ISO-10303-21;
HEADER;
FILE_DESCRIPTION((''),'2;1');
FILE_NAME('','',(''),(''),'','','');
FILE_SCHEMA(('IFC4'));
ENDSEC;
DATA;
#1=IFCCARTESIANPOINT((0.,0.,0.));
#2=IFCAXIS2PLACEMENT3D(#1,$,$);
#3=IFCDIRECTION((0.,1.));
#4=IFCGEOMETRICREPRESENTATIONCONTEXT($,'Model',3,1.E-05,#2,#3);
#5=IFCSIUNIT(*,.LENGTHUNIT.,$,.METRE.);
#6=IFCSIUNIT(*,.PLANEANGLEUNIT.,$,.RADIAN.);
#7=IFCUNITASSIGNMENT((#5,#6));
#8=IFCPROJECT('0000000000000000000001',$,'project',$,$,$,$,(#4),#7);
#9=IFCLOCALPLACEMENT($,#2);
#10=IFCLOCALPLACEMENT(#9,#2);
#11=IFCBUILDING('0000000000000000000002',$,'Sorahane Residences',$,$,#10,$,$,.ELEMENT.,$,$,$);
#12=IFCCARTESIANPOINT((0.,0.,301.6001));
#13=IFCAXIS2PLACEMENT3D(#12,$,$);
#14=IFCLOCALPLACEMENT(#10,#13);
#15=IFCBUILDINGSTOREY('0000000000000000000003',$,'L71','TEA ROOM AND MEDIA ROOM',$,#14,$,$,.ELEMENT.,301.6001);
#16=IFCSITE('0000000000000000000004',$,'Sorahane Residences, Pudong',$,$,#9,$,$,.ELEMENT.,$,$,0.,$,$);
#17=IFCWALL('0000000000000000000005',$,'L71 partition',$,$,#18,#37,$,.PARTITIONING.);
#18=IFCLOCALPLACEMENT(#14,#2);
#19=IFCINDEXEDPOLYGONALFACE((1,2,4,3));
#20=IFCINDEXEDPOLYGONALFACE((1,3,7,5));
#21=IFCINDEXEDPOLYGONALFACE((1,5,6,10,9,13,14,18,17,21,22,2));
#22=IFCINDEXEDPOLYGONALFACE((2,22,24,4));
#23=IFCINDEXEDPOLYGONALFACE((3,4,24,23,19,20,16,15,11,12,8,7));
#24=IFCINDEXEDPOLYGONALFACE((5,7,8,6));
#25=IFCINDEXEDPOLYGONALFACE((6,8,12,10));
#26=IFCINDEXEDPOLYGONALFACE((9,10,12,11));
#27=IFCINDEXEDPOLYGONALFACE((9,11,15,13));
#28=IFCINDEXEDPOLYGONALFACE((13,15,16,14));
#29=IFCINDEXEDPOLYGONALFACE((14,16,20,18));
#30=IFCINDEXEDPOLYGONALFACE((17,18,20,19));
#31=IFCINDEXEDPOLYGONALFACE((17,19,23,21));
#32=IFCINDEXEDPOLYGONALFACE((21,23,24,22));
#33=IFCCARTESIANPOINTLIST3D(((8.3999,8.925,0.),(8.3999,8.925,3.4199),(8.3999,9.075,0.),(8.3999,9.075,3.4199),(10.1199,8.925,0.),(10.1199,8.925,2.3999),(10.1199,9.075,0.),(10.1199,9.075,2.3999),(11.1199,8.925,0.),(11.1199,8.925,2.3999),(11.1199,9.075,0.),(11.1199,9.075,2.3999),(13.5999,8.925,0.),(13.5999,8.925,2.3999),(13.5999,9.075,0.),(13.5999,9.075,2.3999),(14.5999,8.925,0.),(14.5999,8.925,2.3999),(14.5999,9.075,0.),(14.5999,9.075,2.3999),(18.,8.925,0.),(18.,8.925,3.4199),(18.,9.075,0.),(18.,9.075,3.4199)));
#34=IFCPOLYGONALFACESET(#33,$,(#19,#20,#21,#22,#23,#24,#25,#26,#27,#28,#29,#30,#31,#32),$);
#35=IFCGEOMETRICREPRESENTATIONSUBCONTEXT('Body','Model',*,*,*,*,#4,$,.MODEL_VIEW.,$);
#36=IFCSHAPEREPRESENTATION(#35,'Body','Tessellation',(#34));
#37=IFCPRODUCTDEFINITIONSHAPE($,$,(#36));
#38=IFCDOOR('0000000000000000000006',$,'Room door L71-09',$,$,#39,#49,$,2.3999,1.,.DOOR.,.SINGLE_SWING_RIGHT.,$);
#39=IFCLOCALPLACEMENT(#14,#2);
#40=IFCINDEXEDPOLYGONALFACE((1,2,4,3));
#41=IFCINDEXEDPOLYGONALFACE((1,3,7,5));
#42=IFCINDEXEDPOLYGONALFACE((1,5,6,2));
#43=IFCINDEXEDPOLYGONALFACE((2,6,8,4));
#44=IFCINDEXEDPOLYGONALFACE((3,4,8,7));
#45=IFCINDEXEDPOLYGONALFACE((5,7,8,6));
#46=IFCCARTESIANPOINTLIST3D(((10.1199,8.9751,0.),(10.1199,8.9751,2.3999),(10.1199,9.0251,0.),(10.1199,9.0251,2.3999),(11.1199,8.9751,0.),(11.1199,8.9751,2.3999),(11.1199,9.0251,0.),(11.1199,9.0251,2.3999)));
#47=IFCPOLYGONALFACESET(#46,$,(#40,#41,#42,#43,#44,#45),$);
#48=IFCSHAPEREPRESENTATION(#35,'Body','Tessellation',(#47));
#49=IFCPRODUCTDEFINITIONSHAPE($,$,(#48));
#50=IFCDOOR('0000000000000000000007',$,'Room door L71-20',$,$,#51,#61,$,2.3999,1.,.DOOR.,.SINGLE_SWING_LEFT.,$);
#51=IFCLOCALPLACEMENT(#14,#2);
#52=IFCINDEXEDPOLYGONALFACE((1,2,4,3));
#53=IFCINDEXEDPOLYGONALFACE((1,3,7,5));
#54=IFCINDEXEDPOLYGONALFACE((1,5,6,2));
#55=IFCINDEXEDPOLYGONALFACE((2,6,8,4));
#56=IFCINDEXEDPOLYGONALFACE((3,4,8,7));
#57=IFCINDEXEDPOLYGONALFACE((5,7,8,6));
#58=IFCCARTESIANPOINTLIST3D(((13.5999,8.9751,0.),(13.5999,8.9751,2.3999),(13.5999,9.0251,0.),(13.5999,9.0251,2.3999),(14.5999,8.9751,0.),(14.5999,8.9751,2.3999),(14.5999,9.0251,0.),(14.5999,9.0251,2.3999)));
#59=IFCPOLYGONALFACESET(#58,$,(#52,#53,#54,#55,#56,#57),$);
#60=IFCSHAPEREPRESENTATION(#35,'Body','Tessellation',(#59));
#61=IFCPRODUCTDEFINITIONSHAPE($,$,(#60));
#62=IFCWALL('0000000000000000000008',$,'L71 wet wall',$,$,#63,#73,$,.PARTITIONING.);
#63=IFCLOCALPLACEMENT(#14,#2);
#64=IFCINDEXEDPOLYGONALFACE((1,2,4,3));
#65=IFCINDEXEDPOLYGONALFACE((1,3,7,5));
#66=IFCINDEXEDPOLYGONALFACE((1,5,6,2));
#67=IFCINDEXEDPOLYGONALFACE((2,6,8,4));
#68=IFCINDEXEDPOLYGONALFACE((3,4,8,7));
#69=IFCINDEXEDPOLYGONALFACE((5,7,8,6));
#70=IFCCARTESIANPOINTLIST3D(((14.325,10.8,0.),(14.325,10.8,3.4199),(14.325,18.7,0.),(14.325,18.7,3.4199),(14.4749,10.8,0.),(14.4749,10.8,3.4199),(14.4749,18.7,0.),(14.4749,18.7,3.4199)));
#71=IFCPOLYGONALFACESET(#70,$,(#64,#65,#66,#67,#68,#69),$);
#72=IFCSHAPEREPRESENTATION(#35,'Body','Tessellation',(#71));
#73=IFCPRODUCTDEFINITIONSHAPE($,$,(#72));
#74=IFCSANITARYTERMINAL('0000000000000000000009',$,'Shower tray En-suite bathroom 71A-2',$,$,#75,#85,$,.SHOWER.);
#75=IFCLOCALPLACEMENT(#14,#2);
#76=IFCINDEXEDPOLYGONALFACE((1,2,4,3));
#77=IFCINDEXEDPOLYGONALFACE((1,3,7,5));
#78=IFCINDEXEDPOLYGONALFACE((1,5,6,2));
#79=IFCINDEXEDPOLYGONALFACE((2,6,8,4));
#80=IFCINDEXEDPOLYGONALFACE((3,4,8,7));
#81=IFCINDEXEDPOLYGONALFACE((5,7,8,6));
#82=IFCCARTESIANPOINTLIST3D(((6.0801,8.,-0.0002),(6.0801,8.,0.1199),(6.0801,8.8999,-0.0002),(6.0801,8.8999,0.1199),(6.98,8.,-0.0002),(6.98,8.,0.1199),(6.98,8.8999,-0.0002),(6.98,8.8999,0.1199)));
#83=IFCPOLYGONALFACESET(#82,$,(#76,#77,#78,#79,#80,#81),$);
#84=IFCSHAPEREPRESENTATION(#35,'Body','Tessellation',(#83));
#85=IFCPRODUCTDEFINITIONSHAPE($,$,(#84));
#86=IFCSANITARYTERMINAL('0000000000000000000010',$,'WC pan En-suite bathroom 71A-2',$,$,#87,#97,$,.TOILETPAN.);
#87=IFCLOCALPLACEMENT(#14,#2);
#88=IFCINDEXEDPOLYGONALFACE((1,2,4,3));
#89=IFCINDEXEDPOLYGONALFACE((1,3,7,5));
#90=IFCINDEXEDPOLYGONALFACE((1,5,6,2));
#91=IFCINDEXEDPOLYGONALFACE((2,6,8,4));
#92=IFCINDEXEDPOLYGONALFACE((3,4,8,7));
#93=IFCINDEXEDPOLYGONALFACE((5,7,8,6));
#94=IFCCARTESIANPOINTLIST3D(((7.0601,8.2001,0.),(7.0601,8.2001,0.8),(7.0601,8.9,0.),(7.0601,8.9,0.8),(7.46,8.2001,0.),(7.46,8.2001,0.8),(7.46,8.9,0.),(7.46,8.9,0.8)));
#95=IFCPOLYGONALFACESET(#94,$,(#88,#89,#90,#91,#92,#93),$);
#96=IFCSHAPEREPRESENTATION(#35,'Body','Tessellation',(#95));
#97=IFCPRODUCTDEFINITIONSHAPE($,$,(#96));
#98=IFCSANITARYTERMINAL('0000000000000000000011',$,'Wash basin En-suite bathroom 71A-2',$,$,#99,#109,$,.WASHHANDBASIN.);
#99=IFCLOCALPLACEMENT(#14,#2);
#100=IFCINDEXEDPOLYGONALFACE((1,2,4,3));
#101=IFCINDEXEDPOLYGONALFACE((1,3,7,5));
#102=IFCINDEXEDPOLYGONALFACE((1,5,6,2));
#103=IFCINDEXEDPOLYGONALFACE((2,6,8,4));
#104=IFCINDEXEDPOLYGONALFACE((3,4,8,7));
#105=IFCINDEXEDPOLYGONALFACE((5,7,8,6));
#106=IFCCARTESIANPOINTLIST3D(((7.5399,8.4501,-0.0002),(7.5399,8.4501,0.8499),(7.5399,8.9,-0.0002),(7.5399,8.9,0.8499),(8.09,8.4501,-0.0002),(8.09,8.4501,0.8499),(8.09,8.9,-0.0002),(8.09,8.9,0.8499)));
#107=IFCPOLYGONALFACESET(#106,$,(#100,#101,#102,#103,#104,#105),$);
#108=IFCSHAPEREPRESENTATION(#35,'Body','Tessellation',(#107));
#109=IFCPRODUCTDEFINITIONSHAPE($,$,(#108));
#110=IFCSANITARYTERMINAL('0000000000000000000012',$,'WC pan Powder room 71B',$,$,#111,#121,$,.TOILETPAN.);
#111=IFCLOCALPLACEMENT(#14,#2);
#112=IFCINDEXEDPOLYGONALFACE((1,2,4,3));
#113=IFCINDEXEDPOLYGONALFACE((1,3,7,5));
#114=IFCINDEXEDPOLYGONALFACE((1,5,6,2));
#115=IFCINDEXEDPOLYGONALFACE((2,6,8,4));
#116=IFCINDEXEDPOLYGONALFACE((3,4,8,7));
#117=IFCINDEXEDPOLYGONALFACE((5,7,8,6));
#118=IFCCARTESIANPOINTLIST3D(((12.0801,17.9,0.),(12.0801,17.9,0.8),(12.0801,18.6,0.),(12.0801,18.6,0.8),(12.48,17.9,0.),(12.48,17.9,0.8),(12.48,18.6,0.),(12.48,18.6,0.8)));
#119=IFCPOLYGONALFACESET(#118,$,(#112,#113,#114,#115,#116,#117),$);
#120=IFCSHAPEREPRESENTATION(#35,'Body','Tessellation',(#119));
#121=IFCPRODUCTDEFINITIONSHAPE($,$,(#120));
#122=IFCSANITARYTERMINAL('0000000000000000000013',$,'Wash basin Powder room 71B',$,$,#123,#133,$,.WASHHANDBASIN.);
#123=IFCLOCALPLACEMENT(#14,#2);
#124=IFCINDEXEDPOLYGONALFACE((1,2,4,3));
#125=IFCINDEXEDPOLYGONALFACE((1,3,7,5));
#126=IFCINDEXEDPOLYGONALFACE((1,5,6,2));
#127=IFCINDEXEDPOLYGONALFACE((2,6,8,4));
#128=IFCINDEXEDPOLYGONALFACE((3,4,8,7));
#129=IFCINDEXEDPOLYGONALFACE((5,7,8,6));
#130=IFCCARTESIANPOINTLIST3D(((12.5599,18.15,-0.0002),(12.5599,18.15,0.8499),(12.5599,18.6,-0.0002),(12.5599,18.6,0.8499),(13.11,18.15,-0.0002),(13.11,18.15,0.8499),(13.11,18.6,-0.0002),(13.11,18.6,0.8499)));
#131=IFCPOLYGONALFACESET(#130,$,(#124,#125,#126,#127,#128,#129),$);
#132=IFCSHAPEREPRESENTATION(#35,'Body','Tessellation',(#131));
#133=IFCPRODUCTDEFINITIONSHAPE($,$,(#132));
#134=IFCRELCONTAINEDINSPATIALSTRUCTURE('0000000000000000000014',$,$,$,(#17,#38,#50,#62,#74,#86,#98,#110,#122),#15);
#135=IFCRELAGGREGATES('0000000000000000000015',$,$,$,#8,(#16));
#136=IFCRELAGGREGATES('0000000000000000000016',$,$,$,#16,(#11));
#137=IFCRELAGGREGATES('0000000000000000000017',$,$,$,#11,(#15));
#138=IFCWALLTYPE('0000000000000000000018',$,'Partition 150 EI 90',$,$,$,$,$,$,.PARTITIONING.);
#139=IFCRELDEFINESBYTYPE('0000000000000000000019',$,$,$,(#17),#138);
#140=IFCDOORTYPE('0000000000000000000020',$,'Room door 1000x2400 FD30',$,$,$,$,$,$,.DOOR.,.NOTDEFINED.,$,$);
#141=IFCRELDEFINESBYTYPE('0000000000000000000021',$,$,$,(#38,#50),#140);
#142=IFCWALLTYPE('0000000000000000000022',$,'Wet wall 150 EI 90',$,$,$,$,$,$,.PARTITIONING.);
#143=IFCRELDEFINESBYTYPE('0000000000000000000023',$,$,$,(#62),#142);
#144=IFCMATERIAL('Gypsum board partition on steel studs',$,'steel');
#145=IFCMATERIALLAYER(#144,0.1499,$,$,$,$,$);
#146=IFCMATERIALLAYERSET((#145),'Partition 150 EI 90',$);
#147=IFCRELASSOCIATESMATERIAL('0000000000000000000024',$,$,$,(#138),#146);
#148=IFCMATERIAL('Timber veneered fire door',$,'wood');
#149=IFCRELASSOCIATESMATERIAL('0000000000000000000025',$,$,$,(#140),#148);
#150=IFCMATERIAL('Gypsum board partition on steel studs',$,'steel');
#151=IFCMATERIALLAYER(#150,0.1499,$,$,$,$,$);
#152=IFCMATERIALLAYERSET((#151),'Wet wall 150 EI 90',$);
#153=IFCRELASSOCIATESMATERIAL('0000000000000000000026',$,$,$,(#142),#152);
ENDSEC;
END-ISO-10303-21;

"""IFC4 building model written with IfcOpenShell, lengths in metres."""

from ifc_helpers import new_model, si_unit, direction, frame, frame_2d, origin, origin_2d, place, context, subcontext, project, spatial, rectangle, extrude, material, layer, layer_set, type_object, element, fill, save


model = new_model("IFC4")

# Units and contexts
model_context = context("Model", 3, precision=1e-05, world=origin(), true_north=direction((0.0, 1.0)))
body_context = subcontext(model_context, "Body", "Model", "MODEL_VIEW")
ifc_project = project(units=[si_unit("LENGTHUNIT", "METRE"), si_unit("PLANEANGLEUNIT", "RADIAN")], contexts=[model_context])

# Site, building, storey
site_placement = place(None, origin())
site = spatial("IfcSite", under=ifc_project, at=site_placement, Name="Sorahane Residences, Pudong", CompositionType="ELEMENT", RefElevation=0.0)
building_placement = place(site_placement, origin())
building = spatial("IfcBuilding", under=site, at=building_placement, Name="Sorahane Residences", CompositionType="ELEMENT")
storey_placement = place(building_placement, frame((0.0, 0.0, 301.6001)))
storey = spatial("IfcBuildingStorey", under=building, at=storey_placement, Name="L71", Description="TEA ROOM AND MEDIA ROOM", CompositionType="ELEMENT", Elevation=301.6001)

# Shared definitions
ifc_material_1 = material(Name="Gypsum board partition on steel studs", Category="steel")
ifc_layer_1 = layer(ifc_material_1, 0.1499)
ifc_layer_set_1 = layer_set([ifc_layer_1], Name="Partition 150 EI 90")
wall_type_1 = type_object("IfcWallType", Name="Partition 150 EI 90", PredefinedType="PARTITIONING", material=ifc_layer_set_1)

# Shared definitions
ifc_material_2 = material(Name="Timber veneered fire door", Category="wood")
door_type_1 = type_object("IfcDoorType", Name="Room door 1000x2400 FD30", OperationType="NOTDEFINED", PredefinedType="DOOR", material=ifc_material_2)

# Wall, openings, doors
wall_1_placement = place(storey_placement, frame((8.3999, 9.0, 0.0), z_axis=(0.0, 0.0, 1.0), x_axis=(1.0, 0.0, 0.0)))
wall_1 = element("IfcWall", 1, at=wall_1_placement, inside=storey, type_object=wall_type_1, Name="L71 partition", PredefinedType="PARTITIONING", context=body_context, shape_type="SweptSolid", body=[
    extrude(rectangle(XDim=9.6001, YDim=0.1499, at=frame_2d((4.8, 0.0))), origin(), (0.0, 0.0, 1.0), 3.4199),
])
opening_1_placement = place(wall_1_placement, frame((1.72, 0.0, 0.0)))
opening_1 = element("IfcOpeningElement", 2, at=opening_1_placement, cuts=wall_1, PredefinedType="OPENING", context=body_context, shape_type="SweptSolid", body=[
    extrude(rectangle(XDim=1.0, YDim=2.3999, at=frame_2d((0.5, 1.2))), frame((0.0, 0.085, 0.0), z_axis=(0.0, -1.0, 0.0), x_axis=(1.0, 0.0, 0.0)), (0.0, 0.0, 1.0), 0.1699),
])
opening_2_placement = place(wall_1_placement, frame((5.2, 0.0, 0.0)))
opening_2 = element("IfcOpeningElement", 3, at=opening_2_placement, cuts=wall_1, PredefinedType="OPENING", context=body_context, shape_type="SweptSolid", body=[
    extrude(rectangle(XDim=1.0, YDim=2.3999, at=frame_2d((0.5, 1.2))), frame((0.0, 0.085, 0.0), z_axis=(0.0, -1.0, 0.0), x_axis=(1.0, 0.0, 0.0)), (0.0, 0.0, 1.0), 0.1699),
])
door_1_placement = place(opening_1_placement, frame((1.0, 0.0, 0.0), z_axis=(0.0, 0.0, 1.0), x_axis=(-1.0, 0.0, 0.0)))
door_1 = element("IfcDoor", 4, at=door_1_placement, inside=storey, type_object=door_type_1, Name="Room door L71-09", OperationType="SINGLE_SWING_RIGHT", OverallHeight=2.3999, OverallWidth=1.0, PredefinedType="DOOR", context=body_context, shape_type="SweptSolid", body=[
    extrude(rectangle(XDim=1.0, YDim=2.3999, at=frame_2d((0.5, 1.2))), frame((0.0, 0.0249, 0.0), z_axis=(0.0, -1.0, 0.0), x_axis=(1.0, 0.0, 0.0)), (0.0, 0.0, 1.0), 0.05),
])
fill(opening_1, door_1)
door_2_placement = place(opening_2_placement, frame((1.0, 0.0, 0.0), z_axis=(0.0, 0.0, 1.0), x_axis=(-1.0, 0.0, 0.0)))
door_2 = element("IfcDoor", 5, at=door_2_placement, inside=storey, type_object=door_type_1, Name="Room door L71-20", OperationType="SINGLE_SWING_LEFT", OverallHeight=2.3999, OverallWidth=1.0, PredefinedType="DOOR", context=body_context, shape_type="SweptSolid", body=[
    extrude(rectangle(XDim=1.0, YDim=2.3999, at=frame_2d((0.5, 1.2))), frame((0.0, 0.0249, 0.0), z_axis=(0.0, -1.0, 0.0), x_axis=(1.0, 0.0, 0.0)), (0.0, 0.0, 1.0), 0.05),
])
fill(opening_2, door_2)

# Wall
ifc_material_3 = material(Name="Gypsum board partition on steel studs", Category="steel")
ifc_layer_2 = layer(ifc_material_3, 0.1499)
ifc_layer_set_2 = layer_set([ifc_layer_2], Name="Wet wall 150 EI 90")
wall_type_2 = type_object("IfcWallType", Name="Wet wall 150 EI 90", PredefinedType="PARTITIONING", material=ifc_layer_set_2)
wall_2_placement = place(storey_placement, frame((14.3999, 10.8, 0.0), z_axis=(0.0, 0.0, 1.0), x_axis=(0.0, 1.0, 0.0)))
element("IfcWall", 6, at=wall_2_placement, inside=storey, type_object=wall_type_2, Name="L71 wet wall", PredefinedType="PARTITIONING", context=body_context, shape_type="SweptSolid", body=[
    extrude(rectangle(XDim=7.8999, YDim=0.1499, at=frame_2d((3.95, 0.0))), origin(), (0.0, 0.0, 1.0), 3.4199),
])

# Sanitary terminals
sanitary_terminal_1_placement = place(storey_placement, frame((6.53, 8.45, -0.0002), z_axis=(0.0, 0.0, 1.0), x_axis=(1.0, 0.0, 0.0)))
element("IfcSanitaryTerminal", 7, at=sanitary_terminal_1_placement, inside=storey, Name="Shower tray En-suite bathroom 71A-2", PredefinedType="SHOWER", context=body_context, shape_type="SweptSolid", body=[
    extrude(rectangle(XDim=0.8999, YDim=0.8999, at=origin_2d()), origin(), (0.0, 0.0, 1.0), 0.1201),
])
sanitary_terminal_2_placement = place(storey_placement, frame((7.26, 8.55, 0.0), z_axis=(0.0, 0.0, 1.0), x_axis=(1.0, 0.0, 0.0)))
element("IfcSanitaryTerminal", 8, at=sanitary_terminal_2_placement, inside=storey, Name="WC pan En-suite bathroom 71A-2", PredefinedType="TOILETPAN", context=body_context, shape_type="SweptSolid", body=[
    extrude(rectangle(XDim=0.3999, YDim=0.7, at=origin_2d()), origin(), (0.0, 0.0, 1.0), 0.8),
])
sanitary_terminal_3_placement = place(storey_placement, frame((7.8149, 8.675, -0.0002), z_axis=(0.0, 0.0, 1.0), x_axis=(1.0, 0.0, 0.0)))
element("IfcSanitaryTerminal", 9, at=sanitary_terminal_3_placement, inside=storey, Name="Wash basin En-suite bathroom 71A-2", PredefinedType="WASHHANDBASIN", context=body_context, shape_type="SweptSolid", body=[
    extrude(rectangle(XDim=0.55, YDim=0.45, at=origin_2d()), origin(), (0.0, 0.0, 1.0), 0.8501),
])
sanitary_terminal_4_placement = place(storey_placement, frame((12.28, 18.25, 0.0), z_axis=(0.0, 0.0, 1.0), x_axis=(1.0, 0.0, 0.0)))
element("IfcSanitaryTerminal", 10, at=sanitary_terminal_4_placement, inside=storey, Name="WC pan Powder room 71B", PredefinedType="TOILETPAN", context=body_context, shape_type="SweptSolid", body=[
    extrude(rectangle(XDim=0.3999, YDim=0.7, at=origin_2d()), origin(), (0.0, 0.0, 1.0), 0.8),
])
sanitary_terminal_5_placement = place(storey_placement, frame((12.835, 18.375, -0.0002), z_axis=(0.0, 0.0, 1.0), x_axis=(1.0, 0.0, 0.0)))
element("IfcSanitaryTerminal", 11, at=sanitary_terminal_5_placement, inside=storey, Name="Wash basin Powder room 71B", PredefinedType="WASHHANDBASIN", context=body_context, shape_type="SweptSolid", body=[
    extrude(rectangle(XDim=0.55, YDim=0.45, at=origin_2d()), origin(), (0.0, 0.0, 1.0), 0.8501),
])

save(model, "model.ifc")
